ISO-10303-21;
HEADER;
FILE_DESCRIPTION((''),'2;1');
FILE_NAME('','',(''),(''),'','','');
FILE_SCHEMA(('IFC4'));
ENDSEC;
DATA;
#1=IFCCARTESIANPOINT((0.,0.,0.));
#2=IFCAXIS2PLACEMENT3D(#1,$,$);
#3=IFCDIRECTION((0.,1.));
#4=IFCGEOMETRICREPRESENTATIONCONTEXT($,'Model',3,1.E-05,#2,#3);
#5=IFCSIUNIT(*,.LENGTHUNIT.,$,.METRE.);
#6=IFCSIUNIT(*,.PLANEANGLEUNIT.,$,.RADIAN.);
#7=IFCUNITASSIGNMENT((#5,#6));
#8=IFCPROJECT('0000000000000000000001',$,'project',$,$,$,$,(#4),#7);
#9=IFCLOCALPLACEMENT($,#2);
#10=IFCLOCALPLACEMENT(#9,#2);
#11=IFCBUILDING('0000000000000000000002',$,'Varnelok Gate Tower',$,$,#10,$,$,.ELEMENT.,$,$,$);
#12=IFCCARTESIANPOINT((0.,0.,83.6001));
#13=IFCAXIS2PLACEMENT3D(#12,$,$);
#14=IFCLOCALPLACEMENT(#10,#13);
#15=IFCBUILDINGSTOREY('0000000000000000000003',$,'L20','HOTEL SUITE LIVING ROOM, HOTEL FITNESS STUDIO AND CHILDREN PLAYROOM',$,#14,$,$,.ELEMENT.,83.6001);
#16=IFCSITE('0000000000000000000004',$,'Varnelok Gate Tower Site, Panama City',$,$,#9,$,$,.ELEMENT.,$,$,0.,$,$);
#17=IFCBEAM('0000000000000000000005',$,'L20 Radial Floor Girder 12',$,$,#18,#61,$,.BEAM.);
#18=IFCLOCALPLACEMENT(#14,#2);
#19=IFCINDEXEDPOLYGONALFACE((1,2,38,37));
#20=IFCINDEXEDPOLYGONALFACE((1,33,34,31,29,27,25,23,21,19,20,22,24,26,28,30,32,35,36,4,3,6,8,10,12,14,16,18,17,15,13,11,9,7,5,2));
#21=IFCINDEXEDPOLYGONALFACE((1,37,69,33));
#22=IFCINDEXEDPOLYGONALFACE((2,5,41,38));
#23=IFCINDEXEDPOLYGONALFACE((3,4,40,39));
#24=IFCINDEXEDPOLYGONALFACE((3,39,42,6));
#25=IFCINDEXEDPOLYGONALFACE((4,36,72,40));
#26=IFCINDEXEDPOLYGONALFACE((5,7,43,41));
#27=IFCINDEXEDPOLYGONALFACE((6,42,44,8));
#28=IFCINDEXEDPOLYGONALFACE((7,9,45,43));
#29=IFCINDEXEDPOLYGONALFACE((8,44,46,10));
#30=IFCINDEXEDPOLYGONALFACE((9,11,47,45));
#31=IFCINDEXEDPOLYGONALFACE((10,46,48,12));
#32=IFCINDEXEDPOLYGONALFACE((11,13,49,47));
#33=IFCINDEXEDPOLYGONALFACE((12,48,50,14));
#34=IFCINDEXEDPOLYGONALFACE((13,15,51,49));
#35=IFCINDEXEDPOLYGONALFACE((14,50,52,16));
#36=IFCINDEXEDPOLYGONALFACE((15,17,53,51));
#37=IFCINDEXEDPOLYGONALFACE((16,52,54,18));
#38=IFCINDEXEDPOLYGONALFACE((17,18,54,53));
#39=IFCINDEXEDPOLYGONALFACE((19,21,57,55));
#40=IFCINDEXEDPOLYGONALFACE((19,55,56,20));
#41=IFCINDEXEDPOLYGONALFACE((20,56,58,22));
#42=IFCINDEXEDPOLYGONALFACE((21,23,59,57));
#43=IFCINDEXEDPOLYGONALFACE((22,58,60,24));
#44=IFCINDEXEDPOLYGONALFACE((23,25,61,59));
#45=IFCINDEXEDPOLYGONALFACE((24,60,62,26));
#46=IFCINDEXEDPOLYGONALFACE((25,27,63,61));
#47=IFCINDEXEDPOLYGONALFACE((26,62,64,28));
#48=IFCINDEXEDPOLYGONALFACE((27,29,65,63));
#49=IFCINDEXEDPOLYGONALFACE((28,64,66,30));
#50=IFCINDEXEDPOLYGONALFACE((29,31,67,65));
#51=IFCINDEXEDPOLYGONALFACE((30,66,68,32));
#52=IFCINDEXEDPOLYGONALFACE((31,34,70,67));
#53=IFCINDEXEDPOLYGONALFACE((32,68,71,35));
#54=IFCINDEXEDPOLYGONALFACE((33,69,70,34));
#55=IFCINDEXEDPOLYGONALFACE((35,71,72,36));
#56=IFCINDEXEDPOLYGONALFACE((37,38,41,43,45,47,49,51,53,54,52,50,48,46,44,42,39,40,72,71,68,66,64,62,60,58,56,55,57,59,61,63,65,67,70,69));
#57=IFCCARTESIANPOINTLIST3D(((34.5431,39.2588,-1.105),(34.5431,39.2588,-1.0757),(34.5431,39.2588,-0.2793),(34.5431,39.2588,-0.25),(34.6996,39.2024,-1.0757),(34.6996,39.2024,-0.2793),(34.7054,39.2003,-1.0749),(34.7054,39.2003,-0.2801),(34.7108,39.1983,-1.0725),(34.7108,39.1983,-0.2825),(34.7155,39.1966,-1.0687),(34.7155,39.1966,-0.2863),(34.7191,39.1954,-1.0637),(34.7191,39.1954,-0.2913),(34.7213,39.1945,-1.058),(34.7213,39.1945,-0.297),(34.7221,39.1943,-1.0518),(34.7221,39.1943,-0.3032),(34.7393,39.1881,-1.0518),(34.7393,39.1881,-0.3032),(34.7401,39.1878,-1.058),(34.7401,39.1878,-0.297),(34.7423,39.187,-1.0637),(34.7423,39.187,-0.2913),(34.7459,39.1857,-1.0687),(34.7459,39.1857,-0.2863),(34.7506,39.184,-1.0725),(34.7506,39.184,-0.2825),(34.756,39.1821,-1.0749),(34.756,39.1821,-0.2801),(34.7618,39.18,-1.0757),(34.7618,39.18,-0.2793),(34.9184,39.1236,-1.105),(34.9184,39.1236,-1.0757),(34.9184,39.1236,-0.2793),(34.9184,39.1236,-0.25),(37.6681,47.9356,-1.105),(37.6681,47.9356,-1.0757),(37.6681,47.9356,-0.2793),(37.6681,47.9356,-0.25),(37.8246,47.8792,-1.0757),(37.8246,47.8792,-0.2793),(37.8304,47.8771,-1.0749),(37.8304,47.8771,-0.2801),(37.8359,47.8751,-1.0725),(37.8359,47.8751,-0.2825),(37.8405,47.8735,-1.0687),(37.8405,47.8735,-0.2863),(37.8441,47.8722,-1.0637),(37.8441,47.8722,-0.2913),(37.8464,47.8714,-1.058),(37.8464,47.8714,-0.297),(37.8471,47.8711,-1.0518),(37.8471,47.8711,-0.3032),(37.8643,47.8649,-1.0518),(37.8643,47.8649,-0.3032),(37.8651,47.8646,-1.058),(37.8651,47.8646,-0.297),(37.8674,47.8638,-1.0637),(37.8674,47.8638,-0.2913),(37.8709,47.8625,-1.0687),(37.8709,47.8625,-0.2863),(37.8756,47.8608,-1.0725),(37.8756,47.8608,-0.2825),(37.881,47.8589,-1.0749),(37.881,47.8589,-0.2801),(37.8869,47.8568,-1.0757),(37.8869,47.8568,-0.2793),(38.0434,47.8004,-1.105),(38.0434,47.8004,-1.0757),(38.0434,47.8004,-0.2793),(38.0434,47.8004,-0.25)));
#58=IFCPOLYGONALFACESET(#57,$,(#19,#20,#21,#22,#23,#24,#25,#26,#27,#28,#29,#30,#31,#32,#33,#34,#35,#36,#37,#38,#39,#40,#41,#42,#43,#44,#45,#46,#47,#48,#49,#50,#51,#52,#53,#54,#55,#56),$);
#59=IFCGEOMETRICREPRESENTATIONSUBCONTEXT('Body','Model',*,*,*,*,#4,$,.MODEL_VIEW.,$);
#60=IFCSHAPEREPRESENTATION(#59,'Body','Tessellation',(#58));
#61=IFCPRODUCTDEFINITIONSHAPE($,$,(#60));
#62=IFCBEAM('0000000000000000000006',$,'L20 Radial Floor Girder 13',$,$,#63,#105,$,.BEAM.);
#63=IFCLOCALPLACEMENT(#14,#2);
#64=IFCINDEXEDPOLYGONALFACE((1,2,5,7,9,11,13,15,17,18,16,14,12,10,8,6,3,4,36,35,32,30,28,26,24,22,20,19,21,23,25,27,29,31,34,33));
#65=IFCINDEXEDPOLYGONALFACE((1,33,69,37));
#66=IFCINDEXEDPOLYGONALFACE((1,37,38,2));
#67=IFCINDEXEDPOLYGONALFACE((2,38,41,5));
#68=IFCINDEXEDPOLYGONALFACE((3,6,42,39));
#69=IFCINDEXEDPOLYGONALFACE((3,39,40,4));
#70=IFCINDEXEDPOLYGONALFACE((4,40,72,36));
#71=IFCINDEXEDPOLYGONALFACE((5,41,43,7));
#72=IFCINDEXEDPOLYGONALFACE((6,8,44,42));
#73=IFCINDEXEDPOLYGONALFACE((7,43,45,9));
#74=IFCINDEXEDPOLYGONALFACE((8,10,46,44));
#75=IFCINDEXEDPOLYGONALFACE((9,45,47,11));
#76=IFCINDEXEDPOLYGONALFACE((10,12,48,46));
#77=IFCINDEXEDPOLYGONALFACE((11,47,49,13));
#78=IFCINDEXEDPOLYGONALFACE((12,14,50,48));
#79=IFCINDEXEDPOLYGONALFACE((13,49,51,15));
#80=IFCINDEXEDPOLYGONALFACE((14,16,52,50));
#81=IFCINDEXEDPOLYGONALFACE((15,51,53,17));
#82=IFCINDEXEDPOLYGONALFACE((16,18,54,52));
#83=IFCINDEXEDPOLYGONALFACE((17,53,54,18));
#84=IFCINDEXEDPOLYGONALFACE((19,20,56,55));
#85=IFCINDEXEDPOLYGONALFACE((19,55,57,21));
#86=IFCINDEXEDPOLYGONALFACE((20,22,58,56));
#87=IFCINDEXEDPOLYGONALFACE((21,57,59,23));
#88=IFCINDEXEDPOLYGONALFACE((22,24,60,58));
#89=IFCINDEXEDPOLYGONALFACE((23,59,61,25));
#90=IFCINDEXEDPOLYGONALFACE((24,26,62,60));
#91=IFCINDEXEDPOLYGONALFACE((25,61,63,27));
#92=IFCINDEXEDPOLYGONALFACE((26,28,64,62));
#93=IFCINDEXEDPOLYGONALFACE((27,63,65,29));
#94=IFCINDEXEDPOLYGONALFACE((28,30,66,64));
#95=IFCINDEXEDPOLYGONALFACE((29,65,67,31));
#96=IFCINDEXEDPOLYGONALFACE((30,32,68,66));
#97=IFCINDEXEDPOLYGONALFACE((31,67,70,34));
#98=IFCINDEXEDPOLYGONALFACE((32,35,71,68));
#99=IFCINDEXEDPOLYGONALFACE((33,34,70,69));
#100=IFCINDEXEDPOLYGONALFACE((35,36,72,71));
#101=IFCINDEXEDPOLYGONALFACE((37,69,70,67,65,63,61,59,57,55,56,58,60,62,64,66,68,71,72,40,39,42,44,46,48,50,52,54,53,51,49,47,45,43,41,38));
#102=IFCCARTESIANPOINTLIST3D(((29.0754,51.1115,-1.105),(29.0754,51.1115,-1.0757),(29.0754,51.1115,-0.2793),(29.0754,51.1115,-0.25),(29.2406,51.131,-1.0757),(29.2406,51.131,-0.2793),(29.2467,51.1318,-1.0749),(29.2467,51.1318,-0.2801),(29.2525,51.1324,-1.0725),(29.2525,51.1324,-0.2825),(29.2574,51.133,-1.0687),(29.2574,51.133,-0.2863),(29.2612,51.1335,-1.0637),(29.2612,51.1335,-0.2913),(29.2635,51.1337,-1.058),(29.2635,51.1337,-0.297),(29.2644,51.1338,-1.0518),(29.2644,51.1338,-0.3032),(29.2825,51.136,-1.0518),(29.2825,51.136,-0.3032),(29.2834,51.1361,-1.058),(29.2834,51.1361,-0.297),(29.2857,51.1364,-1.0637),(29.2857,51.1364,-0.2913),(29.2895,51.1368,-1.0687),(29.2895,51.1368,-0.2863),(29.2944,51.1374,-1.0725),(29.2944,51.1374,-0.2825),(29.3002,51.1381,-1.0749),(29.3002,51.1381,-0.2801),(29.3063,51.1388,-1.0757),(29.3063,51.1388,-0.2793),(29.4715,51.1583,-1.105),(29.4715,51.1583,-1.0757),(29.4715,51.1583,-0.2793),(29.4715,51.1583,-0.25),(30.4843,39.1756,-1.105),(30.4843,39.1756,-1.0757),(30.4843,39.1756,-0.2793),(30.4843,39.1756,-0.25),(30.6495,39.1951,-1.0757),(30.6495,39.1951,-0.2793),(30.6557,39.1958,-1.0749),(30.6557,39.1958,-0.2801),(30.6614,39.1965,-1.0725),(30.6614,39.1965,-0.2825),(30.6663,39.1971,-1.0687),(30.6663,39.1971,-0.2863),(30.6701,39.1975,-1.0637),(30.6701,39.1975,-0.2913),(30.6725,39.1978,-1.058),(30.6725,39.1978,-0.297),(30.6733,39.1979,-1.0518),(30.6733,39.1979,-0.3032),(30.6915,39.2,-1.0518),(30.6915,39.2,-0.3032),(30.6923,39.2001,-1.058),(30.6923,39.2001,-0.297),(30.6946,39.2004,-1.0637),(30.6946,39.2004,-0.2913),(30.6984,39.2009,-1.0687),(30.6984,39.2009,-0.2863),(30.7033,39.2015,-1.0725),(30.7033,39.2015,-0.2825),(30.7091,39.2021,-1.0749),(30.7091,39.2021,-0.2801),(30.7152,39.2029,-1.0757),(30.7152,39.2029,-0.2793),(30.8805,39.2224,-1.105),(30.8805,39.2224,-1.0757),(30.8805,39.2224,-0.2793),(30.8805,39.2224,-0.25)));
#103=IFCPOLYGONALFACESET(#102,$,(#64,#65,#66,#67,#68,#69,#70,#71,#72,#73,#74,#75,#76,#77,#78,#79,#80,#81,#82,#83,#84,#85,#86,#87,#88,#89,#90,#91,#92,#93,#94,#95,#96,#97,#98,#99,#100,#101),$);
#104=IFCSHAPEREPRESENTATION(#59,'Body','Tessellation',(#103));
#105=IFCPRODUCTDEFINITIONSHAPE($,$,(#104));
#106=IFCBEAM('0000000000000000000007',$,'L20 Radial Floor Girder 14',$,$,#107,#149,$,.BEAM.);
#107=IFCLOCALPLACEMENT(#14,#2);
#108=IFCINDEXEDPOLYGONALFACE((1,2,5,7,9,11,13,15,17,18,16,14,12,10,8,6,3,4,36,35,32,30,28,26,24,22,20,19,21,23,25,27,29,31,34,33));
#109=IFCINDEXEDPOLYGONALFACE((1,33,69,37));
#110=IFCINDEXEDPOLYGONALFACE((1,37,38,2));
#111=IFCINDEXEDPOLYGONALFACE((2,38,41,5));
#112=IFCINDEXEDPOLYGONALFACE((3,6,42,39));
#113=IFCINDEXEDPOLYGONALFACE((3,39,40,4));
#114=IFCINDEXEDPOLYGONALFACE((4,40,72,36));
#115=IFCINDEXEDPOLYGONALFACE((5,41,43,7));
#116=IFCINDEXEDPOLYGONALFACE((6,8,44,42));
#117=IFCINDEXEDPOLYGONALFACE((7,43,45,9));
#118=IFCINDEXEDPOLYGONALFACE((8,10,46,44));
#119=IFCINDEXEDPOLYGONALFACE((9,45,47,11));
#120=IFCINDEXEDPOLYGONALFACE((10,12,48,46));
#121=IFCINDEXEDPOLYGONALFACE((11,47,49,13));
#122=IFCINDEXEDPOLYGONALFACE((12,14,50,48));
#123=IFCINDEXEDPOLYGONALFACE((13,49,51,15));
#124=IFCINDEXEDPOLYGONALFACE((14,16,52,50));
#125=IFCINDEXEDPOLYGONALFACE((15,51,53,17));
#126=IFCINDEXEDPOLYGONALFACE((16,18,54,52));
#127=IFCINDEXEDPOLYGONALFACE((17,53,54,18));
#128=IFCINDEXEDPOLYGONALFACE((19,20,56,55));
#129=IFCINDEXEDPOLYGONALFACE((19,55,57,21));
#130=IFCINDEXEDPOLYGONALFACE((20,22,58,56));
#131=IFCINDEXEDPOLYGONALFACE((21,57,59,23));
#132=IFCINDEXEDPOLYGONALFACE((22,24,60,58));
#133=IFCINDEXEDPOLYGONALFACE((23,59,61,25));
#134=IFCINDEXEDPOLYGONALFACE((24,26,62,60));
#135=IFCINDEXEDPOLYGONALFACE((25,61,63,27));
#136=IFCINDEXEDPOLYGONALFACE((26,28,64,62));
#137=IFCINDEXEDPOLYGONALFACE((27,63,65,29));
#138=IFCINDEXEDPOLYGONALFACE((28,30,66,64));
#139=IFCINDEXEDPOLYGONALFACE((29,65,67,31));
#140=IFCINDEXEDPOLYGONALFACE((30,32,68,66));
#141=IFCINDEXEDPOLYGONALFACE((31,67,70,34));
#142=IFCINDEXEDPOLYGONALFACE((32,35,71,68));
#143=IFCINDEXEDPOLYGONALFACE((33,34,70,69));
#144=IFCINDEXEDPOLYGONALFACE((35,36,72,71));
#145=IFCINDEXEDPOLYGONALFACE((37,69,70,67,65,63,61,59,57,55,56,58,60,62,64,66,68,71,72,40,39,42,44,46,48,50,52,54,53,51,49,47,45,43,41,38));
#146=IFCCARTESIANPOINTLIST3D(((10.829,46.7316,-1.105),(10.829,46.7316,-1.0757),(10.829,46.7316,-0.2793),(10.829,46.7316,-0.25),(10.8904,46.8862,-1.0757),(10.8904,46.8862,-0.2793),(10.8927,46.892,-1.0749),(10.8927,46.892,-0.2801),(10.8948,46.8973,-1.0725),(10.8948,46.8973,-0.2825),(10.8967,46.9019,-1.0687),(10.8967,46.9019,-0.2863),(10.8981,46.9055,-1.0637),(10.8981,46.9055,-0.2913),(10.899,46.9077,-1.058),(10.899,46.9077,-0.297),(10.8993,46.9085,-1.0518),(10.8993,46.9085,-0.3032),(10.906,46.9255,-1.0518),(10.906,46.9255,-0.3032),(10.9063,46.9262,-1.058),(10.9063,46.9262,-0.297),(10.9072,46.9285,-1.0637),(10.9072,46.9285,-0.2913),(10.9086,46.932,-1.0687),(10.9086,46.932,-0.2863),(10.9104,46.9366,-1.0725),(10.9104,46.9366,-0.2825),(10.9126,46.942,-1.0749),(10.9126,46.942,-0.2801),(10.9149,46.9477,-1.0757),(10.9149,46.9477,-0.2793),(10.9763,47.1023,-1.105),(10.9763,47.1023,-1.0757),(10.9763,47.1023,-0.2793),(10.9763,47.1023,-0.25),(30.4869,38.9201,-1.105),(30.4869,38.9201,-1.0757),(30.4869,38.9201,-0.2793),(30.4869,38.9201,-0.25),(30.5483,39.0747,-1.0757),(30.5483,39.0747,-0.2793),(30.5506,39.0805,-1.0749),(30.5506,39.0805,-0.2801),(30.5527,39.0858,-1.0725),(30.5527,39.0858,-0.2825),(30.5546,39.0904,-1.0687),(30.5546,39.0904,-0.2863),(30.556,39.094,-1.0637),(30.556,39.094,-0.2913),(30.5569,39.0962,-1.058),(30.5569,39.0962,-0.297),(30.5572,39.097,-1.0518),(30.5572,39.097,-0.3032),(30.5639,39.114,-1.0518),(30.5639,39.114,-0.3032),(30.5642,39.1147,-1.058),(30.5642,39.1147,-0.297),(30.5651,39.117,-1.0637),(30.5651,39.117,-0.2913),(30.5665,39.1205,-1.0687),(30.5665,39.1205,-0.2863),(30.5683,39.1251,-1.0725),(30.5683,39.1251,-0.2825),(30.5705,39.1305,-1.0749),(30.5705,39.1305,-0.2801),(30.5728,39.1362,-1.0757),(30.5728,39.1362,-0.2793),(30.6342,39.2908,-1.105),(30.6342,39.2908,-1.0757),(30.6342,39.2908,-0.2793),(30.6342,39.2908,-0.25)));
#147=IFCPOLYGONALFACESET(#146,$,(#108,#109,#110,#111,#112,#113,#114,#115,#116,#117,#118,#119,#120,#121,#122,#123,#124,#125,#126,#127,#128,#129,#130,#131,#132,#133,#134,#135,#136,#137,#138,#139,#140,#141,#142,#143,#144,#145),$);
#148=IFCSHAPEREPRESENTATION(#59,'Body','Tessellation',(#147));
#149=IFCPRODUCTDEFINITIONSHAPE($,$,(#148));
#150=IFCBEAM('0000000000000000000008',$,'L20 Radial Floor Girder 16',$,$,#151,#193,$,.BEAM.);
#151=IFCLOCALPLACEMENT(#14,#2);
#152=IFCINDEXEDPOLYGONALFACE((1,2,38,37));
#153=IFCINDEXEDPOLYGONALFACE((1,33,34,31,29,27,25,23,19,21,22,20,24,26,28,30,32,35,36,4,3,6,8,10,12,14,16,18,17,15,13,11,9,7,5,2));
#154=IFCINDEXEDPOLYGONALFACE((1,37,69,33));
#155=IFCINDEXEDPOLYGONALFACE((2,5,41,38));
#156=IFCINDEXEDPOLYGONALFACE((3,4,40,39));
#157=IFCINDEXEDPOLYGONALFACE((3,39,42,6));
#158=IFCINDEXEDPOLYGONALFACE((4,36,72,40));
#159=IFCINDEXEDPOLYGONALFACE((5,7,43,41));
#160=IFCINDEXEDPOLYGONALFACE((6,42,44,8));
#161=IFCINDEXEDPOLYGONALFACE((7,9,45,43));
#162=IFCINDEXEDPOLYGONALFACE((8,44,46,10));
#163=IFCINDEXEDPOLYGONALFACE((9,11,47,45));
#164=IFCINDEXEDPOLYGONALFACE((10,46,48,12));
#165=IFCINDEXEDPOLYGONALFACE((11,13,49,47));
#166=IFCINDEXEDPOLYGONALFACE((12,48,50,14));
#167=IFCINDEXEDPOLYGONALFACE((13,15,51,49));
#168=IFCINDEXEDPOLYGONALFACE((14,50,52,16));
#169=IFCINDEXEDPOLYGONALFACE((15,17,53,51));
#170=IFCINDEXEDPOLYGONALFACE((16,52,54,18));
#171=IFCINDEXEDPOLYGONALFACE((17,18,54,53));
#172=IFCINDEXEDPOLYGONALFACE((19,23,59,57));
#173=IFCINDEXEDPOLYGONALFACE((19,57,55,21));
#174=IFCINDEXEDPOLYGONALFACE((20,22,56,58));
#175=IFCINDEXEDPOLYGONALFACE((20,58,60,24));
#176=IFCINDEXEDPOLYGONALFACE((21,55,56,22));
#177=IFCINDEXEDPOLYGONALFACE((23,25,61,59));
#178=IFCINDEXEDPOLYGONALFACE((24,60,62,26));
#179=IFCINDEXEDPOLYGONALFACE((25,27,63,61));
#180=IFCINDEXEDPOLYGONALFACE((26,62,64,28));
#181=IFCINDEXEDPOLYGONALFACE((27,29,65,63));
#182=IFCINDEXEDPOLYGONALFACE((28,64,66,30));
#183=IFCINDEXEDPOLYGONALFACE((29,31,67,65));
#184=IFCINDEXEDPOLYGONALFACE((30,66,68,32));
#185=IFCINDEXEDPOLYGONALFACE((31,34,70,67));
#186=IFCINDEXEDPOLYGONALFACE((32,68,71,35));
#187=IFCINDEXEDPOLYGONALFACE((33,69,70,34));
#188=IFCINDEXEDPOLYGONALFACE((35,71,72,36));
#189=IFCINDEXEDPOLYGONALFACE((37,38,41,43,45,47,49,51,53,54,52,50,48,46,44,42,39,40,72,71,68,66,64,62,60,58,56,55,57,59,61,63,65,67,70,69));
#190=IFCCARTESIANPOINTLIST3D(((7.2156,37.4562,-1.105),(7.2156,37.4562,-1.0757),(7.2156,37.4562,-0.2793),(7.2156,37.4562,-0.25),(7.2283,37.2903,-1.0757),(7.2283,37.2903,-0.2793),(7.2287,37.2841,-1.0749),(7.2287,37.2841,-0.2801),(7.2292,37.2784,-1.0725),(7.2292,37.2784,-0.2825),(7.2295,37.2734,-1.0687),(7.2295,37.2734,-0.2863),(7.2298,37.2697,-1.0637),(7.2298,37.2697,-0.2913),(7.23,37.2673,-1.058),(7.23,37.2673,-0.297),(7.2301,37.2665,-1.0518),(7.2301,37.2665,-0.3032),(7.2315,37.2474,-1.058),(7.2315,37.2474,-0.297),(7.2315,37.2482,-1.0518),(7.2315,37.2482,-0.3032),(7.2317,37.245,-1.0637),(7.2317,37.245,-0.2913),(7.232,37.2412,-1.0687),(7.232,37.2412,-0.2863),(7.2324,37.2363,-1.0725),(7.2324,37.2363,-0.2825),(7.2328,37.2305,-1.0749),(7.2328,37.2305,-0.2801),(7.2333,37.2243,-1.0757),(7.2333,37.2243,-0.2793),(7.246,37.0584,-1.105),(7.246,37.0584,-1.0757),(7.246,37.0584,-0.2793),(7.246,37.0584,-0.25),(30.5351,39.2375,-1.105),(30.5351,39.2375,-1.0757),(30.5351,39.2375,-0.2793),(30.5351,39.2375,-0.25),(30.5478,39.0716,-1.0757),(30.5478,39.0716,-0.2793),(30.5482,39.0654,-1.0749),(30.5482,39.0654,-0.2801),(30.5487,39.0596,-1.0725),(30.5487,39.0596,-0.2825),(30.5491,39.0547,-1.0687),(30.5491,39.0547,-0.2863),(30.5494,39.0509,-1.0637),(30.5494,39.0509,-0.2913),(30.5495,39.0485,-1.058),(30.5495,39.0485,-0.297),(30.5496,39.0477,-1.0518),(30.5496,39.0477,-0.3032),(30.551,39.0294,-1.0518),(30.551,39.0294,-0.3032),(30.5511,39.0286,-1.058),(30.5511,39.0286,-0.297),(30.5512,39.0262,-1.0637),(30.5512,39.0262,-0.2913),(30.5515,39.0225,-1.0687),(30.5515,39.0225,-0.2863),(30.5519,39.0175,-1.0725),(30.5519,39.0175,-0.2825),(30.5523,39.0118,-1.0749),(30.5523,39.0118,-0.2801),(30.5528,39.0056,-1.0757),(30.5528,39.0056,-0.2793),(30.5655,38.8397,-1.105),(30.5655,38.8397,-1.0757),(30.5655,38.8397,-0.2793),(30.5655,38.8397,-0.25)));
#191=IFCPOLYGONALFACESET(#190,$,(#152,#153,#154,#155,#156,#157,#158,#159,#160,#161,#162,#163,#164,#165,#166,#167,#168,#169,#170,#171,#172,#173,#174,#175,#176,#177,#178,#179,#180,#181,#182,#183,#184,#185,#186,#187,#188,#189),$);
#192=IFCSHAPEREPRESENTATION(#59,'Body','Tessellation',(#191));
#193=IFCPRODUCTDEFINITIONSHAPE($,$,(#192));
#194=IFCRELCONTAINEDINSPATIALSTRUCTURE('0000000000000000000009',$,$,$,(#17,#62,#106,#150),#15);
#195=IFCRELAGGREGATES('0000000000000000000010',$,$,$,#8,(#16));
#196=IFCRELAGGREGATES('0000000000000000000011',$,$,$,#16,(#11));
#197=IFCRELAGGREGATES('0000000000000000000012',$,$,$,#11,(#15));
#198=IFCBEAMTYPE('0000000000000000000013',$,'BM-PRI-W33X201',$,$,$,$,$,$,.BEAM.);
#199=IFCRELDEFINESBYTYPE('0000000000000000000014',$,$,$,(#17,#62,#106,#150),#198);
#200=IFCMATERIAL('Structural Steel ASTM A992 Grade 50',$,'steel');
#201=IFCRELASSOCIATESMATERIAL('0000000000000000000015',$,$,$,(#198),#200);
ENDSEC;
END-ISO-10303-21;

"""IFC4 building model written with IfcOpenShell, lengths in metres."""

from ifc_helpers import new_model, si_unit, direction, frame, origin, origin_2d, place, context, subcontext, project, spatial, i_section, extrude, material, material_profile, profile_set, type_object, element, save


model = new_model("IFC4")

# Units and contexts
model_context = context("Model", 3, precision=1e-05, world=origin(), true_north=direction((0.0, 1.0)))
body_context = subcontext(model_context, "Body", "Model", "MODEL_VIEW")
ifc_project = project(units=[si_unit("LENGTHUNIT", "METRE"), si_unit("PLANEANGLEUNIT", "RADIAN")], contexts=[model_context])

# Site, building, storey
site_placement = place(None, origin())
site = spatial("IfcSite", under=ifc_project, at=site_placement, Name="Varnelok Gate Tower Site, Panama City", CompositionType="ELEMENT", RefElevation=0.0)
building_placement = place(site_placement, origin())
building = spatial("IfcBuilding", under=site, at=building_placement, Name="Varnelok Gate Tower", CompositionType="ELEMENT")
storey_placement = place(building_placement, frame((0.0, 0.0, 83.6001)))
storey = spatial("IfcBuildingStorey", under=building, at=storey_placement, Name="L20", Description="HOTEL SUITE LIVING ROOM, HOTEL FITNESS STUDIO AND CHILDREN PLAYROOM", CompositionType="ELEMENT", Elevation=83.6001)

# Shared definitions
ifc_material_1 = material(Name="Structural Steel ASTM A992 Grade 50", Category="steel")

# Beams
ifc_material_profile_1 = material_profile(ifc_material_1, i_section(OverallWidth=0.3989, OverallDepth=0.855, WebThickness=0.0183, FlangeThickness=0.0293, FilletRadius=0.0239, at=origin_2d()), Name="W33X201")
ifc_profile_set_1 = profile_set([ifc_material_profile_1], Name="Structural Steel ASTM A992 Grade 50")
beam_type_1 = type_object("IfcBeamType", Name="BM-PRI-W33X201", PredefinedType="BEAM", material=ifc_profile_set_1)
beam_1_placement = place(storey_placement, frame((34.7307, 39.1912, -0.6775), z_axis=(0.338851, 0.94084, 0.0), x_axis=(-0.94084, 0.338851, 0.0)))
element("IfcBeam", 1, at=beam_1_placement, inside=storey, type_object=beam_type_1, Name="L20 Radial Floor Girder 12", PredefinedType="BEAM", context=body_context, shape_type="SweptSolid", body=[
    extrude(i_section(OverallWidth=0.3989, OverallDepth=0.855, WebThickness=0.0183, FlangeThickness=0.0293, FilletRadius=0.0239, at=origin_2d()), origin(), (0.0, 0.0, 1.0), 9.2224),
])
beam_2_placement = place(storey_placement, frame((30.6824, 39.199, -0.6775), z_axis=(-0.117227, 0.993105, 0.0), x_axis=(-0.993105, -0.117227, 0.0)))
element("IfcBeam", 2, at=beam_2_placement, inside=storey, type_object=beam_type_1, Name="L20 Radial Floor Girder 13", PredefinedType="BEAM", context=body_context, shape_type="SweptSolid", body=[
    extrude(i_section(OverallWidth=0.3989, OverallDepth=0.855, WebThickness=0.0183, FlangeThickness=0.0293, FilletRadius=0.0239, at=origin_2d()), origin(), (0.0, 0.0, 1.0), 12.0188),
])
beam_3_placement = place(storey_placement, frame((30.5605, 39.1055, -0.6775), z_axis=(-0.929316, 0.369284, 0.0), x_axis=(-0.369284, -0.929316, 0.0)))
element("IfcBeam", 3, at=beam_3_placement, inside=storey, type_object=beam_type_1, Name="L20 Radial Floor Girder 14", PredefinedType="BEAM", context=body_context, shape_type="SweptSolid", body=[
    extrude(i_section(OverallWidth=0.3989, OverallDepth=0.855, WebThickness=0.0183, FlangeThickness=0.0293, FilletRadius=0.0239, at=origin_2d()), origin(), (0.0, 0.0, 1.0), 21.1531),
])
beam_4_placement = place(storey_placement, frame((30.5503, 39.0386, -0.6775), z_axis=(-0.997095, -0.076162, 0.0), x_axis=(0.076162, -0.997095, 0.0)))
element("IfcBeam", 4, at=beam_4_placement, inside=storey, type_object=beam_type_1, Name="L20 Radial Floor Girder 16", PredefinedType="BEAM", context=body_context, shape_type="SweptSolid", body=[
    extrude(i_section(OverallWidth=0.3989, OverallDepth=0.855, WebThickness=0.0183, FlangeThickness=0.0293, FilletRadius=0.0239, at=origin_2d()), origin(), (0.0, 0.0, 1.0), 23.3875),
])

save(model, "model.ifc")
